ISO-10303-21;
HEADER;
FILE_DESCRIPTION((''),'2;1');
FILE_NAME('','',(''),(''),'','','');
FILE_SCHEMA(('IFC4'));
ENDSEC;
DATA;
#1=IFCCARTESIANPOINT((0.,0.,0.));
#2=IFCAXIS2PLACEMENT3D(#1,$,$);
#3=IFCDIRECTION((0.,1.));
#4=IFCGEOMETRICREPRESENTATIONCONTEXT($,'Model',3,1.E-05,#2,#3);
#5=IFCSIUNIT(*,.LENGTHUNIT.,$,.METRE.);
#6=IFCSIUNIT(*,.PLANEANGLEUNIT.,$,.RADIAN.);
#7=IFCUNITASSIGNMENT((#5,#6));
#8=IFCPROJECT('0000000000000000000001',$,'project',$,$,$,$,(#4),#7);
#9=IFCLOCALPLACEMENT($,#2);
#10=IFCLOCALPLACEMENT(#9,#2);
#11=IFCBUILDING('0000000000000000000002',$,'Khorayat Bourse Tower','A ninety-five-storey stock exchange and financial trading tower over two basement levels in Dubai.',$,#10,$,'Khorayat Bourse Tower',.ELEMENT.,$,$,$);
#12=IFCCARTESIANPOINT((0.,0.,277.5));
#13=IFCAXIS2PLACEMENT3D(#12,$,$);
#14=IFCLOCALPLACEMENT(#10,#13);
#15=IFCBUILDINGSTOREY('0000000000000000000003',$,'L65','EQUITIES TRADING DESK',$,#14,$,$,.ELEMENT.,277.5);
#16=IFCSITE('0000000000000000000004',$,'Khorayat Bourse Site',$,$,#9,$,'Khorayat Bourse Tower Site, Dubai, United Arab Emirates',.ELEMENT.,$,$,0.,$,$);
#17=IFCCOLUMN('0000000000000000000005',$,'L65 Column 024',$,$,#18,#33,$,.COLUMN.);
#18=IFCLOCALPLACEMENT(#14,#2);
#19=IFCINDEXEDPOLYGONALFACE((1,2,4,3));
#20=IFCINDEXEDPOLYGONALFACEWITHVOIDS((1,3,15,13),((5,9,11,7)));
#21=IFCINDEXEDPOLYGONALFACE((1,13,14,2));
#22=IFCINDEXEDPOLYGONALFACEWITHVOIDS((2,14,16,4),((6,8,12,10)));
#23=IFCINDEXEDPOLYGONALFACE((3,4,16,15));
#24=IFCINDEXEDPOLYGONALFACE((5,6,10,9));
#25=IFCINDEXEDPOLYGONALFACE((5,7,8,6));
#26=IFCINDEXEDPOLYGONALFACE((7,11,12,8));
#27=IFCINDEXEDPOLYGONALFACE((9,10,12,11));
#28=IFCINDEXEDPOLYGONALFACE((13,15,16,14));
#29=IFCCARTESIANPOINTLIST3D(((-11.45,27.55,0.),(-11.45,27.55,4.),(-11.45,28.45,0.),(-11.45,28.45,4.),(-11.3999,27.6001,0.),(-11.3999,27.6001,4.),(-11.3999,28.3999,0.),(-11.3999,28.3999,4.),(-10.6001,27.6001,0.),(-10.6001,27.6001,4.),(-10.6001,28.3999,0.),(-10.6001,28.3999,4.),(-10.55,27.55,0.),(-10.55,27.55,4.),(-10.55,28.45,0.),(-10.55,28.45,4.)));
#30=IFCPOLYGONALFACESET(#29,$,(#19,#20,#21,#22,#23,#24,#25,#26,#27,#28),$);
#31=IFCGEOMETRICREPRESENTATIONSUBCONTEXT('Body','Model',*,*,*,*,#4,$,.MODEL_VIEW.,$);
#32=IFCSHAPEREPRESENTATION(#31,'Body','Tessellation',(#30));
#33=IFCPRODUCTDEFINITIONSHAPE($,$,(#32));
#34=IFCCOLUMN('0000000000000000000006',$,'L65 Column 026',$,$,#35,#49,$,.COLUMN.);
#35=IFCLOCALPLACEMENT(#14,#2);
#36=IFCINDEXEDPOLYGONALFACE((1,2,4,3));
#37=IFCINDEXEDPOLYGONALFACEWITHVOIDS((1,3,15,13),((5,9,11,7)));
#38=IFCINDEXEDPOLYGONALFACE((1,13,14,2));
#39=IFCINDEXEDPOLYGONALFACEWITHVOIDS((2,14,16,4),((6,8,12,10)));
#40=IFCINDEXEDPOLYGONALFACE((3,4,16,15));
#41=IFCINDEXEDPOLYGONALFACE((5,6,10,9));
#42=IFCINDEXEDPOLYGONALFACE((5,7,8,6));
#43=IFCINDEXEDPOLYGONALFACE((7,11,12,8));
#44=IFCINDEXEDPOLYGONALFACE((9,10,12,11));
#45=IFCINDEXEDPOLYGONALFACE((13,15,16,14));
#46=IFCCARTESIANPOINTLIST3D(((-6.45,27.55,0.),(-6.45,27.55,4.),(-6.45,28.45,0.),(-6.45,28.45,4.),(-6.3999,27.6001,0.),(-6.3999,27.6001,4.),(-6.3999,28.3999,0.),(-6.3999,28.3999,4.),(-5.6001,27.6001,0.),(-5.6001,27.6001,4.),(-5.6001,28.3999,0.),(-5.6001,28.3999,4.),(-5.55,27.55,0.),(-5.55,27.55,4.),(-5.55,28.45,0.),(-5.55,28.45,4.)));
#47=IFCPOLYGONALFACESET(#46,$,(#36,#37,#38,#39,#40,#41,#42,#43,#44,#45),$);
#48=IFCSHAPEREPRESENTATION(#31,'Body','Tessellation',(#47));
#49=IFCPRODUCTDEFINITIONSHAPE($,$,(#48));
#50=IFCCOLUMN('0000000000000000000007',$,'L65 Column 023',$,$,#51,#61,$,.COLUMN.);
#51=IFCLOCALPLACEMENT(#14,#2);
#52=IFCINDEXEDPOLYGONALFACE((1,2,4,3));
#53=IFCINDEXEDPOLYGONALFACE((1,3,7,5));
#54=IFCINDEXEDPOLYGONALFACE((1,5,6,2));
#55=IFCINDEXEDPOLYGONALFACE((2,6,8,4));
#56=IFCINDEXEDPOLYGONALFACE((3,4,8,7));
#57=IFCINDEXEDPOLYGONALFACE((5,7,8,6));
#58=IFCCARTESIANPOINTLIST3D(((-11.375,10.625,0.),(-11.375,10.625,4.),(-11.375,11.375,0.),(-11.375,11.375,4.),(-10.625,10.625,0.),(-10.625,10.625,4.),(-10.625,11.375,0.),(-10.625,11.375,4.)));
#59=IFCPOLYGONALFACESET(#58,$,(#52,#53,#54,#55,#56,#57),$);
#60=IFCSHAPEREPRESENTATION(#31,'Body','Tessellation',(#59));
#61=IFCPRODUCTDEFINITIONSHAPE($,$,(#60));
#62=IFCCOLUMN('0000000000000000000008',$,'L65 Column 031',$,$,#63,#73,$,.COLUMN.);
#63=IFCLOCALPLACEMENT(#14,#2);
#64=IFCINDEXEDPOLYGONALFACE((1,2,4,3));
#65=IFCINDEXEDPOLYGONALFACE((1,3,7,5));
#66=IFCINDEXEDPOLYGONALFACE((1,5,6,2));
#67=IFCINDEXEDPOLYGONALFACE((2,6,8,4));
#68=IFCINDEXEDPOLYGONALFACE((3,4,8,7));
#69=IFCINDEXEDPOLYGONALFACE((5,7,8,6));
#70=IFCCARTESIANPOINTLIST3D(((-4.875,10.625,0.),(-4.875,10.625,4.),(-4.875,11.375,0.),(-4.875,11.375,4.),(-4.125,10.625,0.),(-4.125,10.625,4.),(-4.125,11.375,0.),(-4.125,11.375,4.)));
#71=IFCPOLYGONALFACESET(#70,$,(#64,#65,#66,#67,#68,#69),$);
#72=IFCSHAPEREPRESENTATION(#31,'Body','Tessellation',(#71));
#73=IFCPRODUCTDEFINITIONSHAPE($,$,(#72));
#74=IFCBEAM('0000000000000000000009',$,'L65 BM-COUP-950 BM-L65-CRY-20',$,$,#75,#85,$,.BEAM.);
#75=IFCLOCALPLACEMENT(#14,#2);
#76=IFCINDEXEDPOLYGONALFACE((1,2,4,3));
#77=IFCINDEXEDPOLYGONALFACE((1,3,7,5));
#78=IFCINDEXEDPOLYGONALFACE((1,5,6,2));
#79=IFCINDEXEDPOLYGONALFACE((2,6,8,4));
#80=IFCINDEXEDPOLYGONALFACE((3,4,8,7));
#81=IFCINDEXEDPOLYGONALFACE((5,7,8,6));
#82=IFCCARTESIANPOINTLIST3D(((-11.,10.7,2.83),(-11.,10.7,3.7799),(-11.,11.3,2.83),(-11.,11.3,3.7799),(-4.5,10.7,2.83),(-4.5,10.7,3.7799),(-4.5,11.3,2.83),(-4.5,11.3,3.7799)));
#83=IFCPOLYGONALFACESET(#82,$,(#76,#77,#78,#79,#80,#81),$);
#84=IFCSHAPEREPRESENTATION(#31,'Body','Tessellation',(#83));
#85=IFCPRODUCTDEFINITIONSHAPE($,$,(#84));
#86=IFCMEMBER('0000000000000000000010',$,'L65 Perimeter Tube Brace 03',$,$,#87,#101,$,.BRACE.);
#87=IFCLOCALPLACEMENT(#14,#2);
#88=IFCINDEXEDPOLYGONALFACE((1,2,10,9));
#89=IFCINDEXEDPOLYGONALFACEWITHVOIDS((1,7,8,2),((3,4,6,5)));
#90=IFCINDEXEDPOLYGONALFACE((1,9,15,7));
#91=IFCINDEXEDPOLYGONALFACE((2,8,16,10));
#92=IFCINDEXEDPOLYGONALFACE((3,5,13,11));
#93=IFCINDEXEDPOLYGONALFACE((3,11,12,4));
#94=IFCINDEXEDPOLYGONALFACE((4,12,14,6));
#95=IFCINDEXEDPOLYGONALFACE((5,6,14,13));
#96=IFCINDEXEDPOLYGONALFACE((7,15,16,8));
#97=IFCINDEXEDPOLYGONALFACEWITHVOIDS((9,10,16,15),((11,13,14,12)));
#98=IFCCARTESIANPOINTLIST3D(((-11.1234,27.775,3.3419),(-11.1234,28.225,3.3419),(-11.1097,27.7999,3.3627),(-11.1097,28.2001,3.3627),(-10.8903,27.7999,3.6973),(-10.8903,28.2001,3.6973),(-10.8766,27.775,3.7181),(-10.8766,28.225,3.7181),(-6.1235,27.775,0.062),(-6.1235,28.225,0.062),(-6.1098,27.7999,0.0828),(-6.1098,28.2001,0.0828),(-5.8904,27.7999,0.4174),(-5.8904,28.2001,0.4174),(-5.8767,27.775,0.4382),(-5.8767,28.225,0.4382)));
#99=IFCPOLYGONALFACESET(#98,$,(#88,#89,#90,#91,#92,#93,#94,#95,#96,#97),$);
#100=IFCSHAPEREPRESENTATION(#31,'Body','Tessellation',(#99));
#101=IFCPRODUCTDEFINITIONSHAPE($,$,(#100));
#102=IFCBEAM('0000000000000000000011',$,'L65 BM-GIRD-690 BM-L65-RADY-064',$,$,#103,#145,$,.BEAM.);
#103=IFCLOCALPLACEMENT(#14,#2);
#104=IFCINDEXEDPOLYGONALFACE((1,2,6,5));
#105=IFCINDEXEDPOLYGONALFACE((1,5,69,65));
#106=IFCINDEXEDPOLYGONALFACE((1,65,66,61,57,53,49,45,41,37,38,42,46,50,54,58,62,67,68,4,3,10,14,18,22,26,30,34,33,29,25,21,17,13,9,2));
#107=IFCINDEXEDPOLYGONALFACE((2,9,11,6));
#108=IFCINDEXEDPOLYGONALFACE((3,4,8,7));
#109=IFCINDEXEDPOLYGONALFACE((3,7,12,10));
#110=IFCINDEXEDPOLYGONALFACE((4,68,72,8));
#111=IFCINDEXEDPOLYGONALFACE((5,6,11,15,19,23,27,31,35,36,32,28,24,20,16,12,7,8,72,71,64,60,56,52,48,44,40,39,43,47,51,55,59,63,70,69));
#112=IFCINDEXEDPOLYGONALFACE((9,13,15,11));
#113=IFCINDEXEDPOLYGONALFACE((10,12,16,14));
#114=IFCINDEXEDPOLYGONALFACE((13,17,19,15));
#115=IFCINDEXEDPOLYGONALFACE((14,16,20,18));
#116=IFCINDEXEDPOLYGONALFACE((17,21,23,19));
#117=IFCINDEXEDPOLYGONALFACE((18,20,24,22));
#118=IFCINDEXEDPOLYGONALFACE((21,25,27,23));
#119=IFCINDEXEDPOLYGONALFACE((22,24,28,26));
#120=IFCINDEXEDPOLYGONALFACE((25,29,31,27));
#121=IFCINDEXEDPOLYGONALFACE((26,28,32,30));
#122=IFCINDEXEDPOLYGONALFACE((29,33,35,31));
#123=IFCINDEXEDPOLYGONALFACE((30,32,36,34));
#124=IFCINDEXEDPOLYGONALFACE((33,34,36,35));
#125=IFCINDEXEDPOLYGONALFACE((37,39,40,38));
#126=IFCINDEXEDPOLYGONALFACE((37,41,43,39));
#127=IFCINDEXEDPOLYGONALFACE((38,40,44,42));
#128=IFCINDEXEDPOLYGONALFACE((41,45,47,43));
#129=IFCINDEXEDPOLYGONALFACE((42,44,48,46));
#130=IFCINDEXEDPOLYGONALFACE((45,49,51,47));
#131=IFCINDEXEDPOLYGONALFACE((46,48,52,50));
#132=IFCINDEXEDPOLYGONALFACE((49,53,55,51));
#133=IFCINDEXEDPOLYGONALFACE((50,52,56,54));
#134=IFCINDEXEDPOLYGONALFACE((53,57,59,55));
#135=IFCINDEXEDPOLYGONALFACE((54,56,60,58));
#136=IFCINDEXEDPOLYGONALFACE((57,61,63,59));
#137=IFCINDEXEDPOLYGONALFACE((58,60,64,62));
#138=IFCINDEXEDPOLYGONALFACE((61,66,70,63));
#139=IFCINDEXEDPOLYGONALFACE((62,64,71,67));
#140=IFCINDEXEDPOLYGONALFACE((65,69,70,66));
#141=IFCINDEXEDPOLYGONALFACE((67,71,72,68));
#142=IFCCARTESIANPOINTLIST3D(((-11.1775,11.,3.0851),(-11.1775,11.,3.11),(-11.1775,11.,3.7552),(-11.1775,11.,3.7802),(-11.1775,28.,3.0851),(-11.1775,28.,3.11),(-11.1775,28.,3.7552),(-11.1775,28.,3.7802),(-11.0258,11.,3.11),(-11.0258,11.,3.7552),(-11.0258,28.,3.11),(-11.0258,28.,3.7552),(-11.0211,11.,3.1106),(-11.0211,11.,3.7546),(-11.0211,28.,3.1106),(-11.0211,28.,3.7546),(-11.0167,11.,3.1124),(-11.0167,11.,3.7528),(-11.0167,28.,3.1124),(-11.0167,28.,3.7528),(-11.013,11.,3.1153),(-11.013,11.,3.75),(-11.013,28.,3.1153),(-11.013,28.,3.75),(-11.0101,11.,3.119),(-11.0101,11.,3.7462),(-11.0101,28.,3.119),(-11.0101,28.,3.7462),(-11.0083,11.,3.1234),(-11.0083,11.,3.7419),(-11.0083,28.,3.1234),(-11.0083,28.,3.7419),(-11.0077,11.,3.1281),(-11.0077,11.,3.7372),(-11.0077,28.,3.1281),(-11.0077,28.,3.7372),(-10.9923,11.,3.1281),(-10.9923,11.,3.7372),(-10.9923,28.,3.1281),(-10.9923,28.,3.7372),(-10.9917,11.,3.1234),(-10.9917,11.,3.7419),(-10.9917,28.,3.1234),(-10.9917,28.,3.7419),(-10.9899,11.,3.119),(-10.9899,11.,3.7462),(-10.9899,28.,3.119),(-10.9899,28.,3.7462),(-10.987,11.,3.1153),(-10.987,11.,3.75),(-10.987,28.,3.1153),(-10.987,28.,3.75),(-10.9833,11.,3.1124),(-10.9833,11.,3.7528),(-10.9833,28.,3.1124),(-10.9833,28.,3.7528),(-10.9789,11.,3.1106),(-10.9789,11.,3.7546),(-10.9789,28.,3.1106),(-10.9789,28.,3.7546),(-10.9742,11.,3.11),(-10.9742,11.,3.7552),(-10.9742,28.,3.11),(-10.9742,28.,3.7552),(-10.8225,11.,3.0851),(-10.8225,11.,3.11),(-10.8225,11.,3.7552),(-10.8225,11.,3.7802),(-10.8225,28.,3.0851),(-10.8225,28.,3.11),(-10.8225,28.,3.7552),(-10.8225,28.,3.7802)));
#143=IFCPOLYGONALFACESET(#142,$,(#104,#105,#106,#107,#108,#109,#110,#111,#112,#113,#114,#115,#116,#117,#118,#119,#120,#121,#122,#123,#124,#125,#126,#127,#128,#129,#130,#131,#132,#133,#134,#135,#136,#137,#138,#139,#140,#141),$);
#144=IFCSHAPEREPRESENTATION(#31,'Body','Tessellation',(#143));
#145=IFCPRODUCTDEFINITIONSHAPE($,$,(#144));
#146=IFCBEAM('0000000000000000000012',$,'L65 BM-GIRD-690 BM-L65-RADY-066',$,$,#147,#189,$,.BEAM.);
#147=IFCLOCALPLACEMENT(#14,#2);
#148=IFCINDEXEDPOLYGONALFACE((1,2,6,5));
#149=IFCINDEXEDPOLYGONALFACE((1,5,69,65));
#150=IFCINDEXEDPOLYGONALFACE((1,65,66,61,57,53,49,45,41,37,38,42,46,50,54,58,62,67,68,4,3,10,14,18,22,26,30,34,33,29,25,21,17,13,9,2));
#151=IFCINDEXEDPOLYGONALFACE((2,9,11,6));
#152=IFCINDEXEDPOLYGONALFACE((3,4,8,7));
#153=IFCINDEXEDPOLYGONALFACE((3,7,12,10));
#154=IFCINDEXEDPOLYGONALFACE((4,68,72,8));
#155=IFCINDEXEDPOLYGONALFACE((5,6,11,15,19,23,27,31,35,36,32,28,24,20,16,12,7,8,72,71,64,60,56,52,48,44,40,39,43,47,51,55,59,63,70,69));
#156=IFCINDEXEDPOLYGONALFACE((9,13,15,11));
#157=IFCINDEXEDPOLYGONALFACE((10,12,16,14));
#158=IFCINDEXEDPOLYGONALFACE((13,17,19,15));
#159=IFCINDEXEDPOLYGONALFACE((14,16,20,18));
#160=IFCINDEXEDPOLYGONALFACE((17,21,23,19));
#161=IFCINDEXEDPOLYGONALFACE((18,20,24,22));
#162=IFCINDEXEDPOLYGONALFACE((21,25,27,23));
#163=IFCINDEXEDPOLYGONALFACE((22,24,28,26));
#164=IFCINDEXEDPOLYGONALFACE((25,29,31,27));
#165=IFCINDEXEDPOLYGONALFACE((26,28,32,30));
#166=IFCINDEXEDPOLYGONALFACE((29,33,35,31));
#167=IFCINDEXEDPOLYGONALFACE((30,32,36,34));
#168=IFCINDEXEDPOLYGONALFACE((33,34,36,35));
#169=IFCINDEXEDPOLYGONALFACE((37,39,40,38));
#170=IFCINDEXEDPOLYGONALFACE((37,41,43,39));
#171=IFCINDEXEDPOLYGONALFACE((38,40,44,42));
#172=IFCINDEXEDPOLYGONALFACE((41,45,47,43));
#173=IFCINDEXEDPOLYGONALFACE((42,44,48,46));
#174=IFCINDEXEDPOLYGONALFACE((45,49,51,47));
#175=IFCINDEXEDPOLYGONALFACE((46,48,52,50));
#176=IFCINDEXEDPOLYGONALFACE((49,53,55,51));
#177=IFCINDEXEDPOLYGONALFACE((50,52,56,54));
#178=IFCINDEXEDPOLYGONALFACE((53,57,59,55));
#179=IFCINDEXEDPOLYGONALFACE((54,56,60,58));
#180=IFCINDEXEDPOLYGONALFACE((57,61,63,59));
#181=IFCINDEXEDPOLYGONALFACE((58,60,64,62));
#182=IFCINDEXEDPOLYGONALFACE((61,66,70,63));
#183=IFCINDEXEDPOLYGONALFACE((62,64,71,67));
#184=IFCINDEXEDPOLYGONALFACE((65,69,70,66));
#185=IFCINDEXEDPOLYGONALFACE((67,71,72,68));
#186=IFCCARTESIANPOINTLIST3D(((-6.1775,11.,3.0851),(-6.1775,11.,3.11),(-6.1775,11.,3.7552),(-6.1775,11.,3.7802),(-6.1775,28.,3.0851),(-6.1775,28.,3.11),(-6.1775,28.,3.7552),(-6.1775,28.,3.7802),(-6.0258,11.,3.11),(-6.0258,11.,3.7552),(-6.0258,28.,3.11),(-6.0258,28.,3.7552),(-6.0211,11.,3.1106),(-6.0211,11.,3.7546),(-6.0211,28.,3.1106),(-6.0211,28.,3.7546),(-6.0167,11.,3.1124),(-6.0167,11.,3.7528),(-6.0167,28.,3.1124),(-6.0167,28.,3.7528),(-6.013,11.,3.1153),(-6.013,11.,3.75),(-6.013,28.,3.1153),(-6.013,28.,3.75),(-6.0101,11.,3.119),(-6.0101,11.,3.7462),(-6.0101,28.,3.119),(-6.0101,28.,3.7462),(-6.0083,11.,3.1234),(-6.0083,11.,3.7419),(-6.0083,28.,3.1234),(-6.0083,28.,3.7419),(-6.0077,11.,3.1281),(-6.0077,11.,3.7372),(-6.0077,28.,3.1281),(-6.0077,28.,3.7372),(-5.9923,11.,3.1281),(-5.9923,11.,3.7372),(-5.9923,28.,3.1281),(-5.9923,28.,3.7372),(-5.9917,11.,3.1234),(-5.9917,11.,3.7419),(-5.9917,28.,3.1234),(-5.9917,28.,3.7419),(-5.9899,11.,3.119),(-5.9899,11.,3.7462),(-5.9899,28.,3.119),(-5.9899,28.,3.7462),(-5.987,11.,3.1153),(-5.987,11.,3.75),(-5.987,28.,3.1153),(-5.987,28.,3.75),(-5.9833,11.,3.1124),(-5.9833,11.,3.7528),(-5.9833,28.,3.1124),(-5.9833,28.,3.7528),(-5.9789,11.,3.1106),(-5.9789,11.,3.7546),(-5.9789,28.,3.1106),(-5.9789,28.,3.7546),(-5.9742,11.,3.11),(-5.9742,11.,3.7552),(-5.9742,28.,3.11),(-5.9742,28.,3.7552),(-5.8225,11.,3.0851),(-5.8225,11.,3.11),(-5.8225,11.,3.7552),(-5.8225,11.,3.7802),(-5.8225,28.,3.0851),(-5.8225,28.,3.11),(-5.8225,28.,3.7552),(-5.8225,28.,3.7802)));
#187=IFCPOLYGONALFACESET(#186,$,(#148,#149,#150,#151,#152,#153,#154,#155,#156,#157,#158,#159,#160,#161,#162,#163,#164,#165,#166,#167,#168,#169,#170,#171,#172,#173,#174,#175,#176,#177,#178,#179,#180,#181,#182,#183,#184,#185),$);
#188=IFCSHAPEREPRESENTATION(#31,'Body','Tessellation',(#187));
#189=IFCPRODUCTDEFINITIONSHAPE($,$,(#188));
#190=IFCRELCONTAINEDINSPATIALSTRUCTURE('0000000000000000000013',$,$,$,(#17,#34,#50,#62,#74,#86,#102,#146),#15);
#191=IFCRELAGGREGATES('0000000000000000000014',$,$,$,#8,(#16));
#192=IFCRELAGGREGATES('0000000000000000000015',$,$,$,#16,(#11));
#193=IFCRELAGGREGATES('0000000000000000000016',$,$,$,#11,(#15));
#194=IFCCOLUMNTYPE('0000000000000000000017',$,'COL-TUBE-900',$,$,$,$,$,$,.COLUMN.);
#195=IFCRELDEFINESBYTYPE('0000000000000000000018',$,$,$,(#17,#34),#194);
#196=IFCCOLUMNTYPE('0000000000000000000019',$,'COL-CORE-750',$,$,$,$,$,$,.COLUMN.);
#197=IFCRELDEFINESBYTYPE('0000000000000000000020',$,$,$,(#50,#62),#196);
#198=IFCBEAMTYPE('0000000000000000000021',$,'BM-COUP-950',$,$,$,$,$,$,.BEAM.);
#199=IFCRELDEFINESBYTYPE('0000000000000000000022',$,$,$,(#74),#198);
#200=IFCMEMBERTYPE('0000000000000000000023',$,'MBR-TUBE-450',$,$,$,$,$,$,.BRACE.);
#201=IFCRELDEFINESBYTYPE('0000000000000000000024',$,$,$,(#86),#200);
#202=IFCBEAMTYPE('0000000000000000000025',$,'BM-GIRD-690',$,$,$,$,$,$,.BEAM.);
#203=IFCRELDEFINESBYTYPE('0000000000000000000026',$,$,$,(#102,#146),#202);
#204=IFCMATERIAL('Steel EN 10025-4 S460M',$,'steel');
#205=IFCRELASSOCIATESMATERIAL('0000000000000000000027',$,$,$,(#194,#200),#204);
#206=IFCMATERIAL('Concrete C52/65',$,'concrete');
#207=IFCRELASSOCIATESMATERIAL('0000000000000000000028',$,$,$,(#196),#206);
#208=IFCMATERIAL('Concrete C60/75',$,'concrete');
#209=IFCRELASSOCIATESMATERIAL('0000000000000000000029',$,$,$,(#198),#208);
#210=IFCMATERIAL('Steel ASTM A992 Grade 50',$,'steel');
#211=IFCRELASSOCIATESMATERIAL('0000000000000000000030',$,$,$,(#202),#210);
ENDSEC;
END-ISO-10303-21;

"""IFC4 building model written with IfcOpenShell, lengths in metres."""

from ifc_helpers import new_model, si_unit, direction, frame, origin, origin_2d, place, context, subcontext, project, spatial, rectangle, hollow_rectangle, i_section, extrude, source, transform, mapped, material, material_profile, profile_set, type_object, element, save


model = new_model("IFC4")

# Units and contexts
model_context = context("Model", 3, precision=1e-05, world=origin(), true_north=direction((0.0, 1.0)))
body_context = subcontext(model_context, "Body", "Model", "MODEL_VIEW")
ifc_project = project(units=[si_unit("LENGTHUNIT", "METRE"), si_unit("PLANEANGLEUNIT", "RADIAN")], contexts=[model_context])

# Site, building, storey
site_placement = place(None, origin())
site = spatial("IfcSite", under=ifc_project, at=site_placement, Name="Khorayat Bourse Site", LongName="Khorayat Bourse Tower Site, Dubai, United Arab Emirates", CompositionType="ELEMENT", RefElevation=0.0)
building_placement = place(site_placement, origin())
building = spatial("IfcBuilding", under=site, at=building_placement, Name="Khorayat Bourse Tower", Description="A ninety-five-storey stock exchange and financial trading tower over two basement levels in Dubai.", LongName="Khorayat Bourse Tower", CompositionType="ELEMENT")
storey_placement = place(building_placement, frame((0.0, 0.0, 277.5)))
storey = spatial("IfcBuildingStorey", under=building, at=storey_placement, Name="L65", Description="EQUITIES TRADING DESK", CompositionType="ELEMENT", Elevation=277.5)

# Columns
ifc_material_1 = material(Name="Steel EN 10025-4 S460M", Category="steel")
ifc_material_profile_1 = material_profile(ifc_material_1, hollow_rectangle(XDim=0.8999, YDim=0.8999, WallThickness=0.05, at=origin_2d()), Name="BOX 900x900x50")
ifc_profile_set_1 = profile_set([ifc_material_profile_1], Name="Steel EN 10025-4 S460M")
column_type_1 = type_object("IfcColumnType", Name="COL-TUBE-900", PredefinedType="COLUMN", material=ifc_profile_set_1)
shared_shape_1 = source(origin(), body_context, "Body", "SweptSolid", [
    extrude(hollow_rectangle(XDim=0.8999, YDim=0.8999, WallThickness=0.05, at=origin_2d()), origin(), (0.0, 0.0, 1.0), 4.0),
])
for number, where, z_axis, x_axis, name in (
    (1, (-11.0, 28.0, 0.0), (0.0, 0.0, 1.0), (1.0, 0.0, 0.0), "L65 Column 024"),
    (2, (-6.0, 28.0, 0.0), (0.0, 0.0, 1.0), (1.0, 0.0, 0.0), "L65 Column 026"),
):
    element("IfcColumn", number, at=place(storey_placement, frame(where, z_axis=z_axis, x_axis=x_axis)), inside=storey, type_object=column_type_1, Name=name, PredefinedType="COLUMN", context=body_context, shape_type="MappedRepresentation", body=[
        mapped(shared_shape_1, transform((0.0, 0.0, 0.0), scale=1.0)),
    ])
ifc_material_2 = material(Name="Concrete C52/65", Category="concrete")
ifc_material_profile_2 = material_profile(ifc_material_2, rectangle(XDim=0.75, YDim=0.75, at=origin_2d()), Name="RC 750x750")
ifc_profile_set_2 = profile_set([ifc_material_profile_2], Name="Concrete C52/65")
column_type_2 = type_object("IfcColumnType", Name="COL-CORE-750", PredefinedType="COLUMN", material=ifc_profile_set_2)
shared_shape_2 = source(origin(), body_context, "Body", "SweptSolid", [
    extrude(rectangle(XDim=0.75, YDim=0.75, at=origin_2d()), origin(), (0.0, 0.0, 1.0), 4.0),
])
for number, where, z_axis, x_axis, name in (
    (3, (-11.0, 11.0, 0.0), (0.0, 0.0, 1.0), (1.0, 0.0, 0.0), "L65 Column 023"),
    (4, (-4.5, 11.0, 0.0), (0.0, 0.0, 1.0), (1.0, 0.0, 0.0), "L65 Column 031"),
):
    element("IfcColumn", number, at=place(storey_placement, frame(where, z_axis=z_axis, x_axis=x_axis)), inside=storey, type_object=column_type_2, Name=name, PredefinedType="COLUMN", context=body_context, shape_type="MappedRepresentation", body=[
        mapped(shared_shape_2, transform((0.0, 0.0, 0.0), scale=1.0)),
    ])

# Beam
ifc_material_3 = material(Name="Concrete C60/75", Category="concrete")
ifc_material_profile_3 = material_profile(ifc_material_3, rectangle(XDim=0.6001, YDim=0.95, at=origin_2d()), Name="RC 600x950")
ifc_profile_set_3 = profile_set([ifc_material_profile_3], Name="Concrete C60/75")
beam_type_1 = type_object("IfcBeamType", Name="BM-COUP-950", PredefinedType="BEAM", material=ifc_profile_set_3)
shared_shape_3 = source(origin(), body_context, "Body", "SweptSolid", [
    extrude(rectangle(XDim=0.6001, YDim=0.95, at=origin_2d()), origin(), (0.0, 0.0, 1.0), 6.5),
])
beam_1_placement = place(storey_placement, frame((-11.0, 11.0, 3.3049), z_axis=(1.0, 0.0, 0.0), x_axis=(0.0, 1.0, 0.0)))
element("IfcBeam", 5, at=beam_1_placement, inside=storey, type_object=beam_type_1, Name="L65 BM-COUP-950 BM-L65-CRY-20", PredefinedType="BEAM", context=body_context, shape_type="MappedRepresentation", body=[
    mapped(shared_shape_3, transform((0.0, 0.0, 0.0), scale=1.0)),
])

# Member
ifc_material_profile_4 = material_profile(ifc_material_1, hollow_rectangle(XDim=0.45, YDim=0.45, WallThickness=0.0249, at=origin_2d()), Name="HSS 450x450x25")
ifc_profile_set_4 = profile_set([ifc_material_profile_4], Name="Steel EN 10025-4 S460M")
member_type_1 = type_object("IfcMemberType", Name="MBR-TUBE-450", PredefinedType="BRACE", material=ifc_profile_set_4)
shared_shape_4 = source(origin(), body_context, "Body", "SweptSolid", [
    extrude(hollow_rectangle(XDim=0.45, YDim=0.45, WallThickness=0.0249, at=origin_2d()), origin(), (0.0, 0.0, 1.0), 5.9797),
])
member_1_placement = place(storey_placement, frame((-11.0, 28.0, 3.53), z_axis=(0.836142, 0.0, -0.548514), x_axis=(0.0, 1.0, 0.0)))
element("IfcMember", 6, at=member_1_placement, inside=storey, type_object=member_type_1, Name="L65 Perimeter Tube Brace 03", PredefinedType="BRACE", context=body_context, shape_type="MappedRepresentation", body=[
    mapped(shared_shape_4, transform((0.0, 0.0, 0.0), scale=1.0)),
])

# Beams
ifc_material_4 = material(Name="Steel ASTM A992 Grade 50", Category="steel")
ifc_material_profile_5 = material_profile(ifc_material_4, i_section(OverallWidth=0.355, OverallDepth=0.6951, WebThickness=0.0154, FlangeThickness=0.0249, FilletRadius=0.0181, at=origin_2d()), Name="W690X217")
ifc_profile_set_5 = profile_set([ifc_material_profile_5], Name="Steel ASTM A992 Grade 50")
beam_type_2 = type_object("IfcBeamType", Name="BM-GIRD-690", PredefinedType="BEAM", material=ifc_profile_set_5)
shared_shape_5 = source(origin(), body_context, "Body", "SweptSolid", [
    extrude(i_section(OverallWidth=0.355, OverallDepth=0.6951, WebThickness=0.0154, FlangeThickness=0.0249, FilletRadius=0.0181, at=origin_2d()), origin(), (0.0, 0.0, 1.0), 17.0),
])
for number, where, z_axis, x_axis, name in (
    (7, (-11.0, 11.0, 3.4326), (0.0, 1.0, 0.0), (-1.0, 0.0, 0.0), "L65 BM-GIRD-690 BM-L65-RADY-064"),
    (8, (-6.0, 11.0, 3.4326), (0.0, 1.0, 0.0), (-1.0, 0.0, 0.0), "L65 BM-GIRD-690 BM-L65-RADY-066"),
):
    element("IfcBeam", number, at=place(storey_placement, frame(where, z_axis=z_axis, x_axis=x_axis)), inside=storey, type_object=beam_type_2, Name=name, PredefinedType="BEAM", context=body_context, shape_type="MappedRepresentation", body=[
        mapped(shared_shape_5, transform((0.0, 0.0, 0.0), scale=1.0)),
    ])

save(model, "model.ifc")
